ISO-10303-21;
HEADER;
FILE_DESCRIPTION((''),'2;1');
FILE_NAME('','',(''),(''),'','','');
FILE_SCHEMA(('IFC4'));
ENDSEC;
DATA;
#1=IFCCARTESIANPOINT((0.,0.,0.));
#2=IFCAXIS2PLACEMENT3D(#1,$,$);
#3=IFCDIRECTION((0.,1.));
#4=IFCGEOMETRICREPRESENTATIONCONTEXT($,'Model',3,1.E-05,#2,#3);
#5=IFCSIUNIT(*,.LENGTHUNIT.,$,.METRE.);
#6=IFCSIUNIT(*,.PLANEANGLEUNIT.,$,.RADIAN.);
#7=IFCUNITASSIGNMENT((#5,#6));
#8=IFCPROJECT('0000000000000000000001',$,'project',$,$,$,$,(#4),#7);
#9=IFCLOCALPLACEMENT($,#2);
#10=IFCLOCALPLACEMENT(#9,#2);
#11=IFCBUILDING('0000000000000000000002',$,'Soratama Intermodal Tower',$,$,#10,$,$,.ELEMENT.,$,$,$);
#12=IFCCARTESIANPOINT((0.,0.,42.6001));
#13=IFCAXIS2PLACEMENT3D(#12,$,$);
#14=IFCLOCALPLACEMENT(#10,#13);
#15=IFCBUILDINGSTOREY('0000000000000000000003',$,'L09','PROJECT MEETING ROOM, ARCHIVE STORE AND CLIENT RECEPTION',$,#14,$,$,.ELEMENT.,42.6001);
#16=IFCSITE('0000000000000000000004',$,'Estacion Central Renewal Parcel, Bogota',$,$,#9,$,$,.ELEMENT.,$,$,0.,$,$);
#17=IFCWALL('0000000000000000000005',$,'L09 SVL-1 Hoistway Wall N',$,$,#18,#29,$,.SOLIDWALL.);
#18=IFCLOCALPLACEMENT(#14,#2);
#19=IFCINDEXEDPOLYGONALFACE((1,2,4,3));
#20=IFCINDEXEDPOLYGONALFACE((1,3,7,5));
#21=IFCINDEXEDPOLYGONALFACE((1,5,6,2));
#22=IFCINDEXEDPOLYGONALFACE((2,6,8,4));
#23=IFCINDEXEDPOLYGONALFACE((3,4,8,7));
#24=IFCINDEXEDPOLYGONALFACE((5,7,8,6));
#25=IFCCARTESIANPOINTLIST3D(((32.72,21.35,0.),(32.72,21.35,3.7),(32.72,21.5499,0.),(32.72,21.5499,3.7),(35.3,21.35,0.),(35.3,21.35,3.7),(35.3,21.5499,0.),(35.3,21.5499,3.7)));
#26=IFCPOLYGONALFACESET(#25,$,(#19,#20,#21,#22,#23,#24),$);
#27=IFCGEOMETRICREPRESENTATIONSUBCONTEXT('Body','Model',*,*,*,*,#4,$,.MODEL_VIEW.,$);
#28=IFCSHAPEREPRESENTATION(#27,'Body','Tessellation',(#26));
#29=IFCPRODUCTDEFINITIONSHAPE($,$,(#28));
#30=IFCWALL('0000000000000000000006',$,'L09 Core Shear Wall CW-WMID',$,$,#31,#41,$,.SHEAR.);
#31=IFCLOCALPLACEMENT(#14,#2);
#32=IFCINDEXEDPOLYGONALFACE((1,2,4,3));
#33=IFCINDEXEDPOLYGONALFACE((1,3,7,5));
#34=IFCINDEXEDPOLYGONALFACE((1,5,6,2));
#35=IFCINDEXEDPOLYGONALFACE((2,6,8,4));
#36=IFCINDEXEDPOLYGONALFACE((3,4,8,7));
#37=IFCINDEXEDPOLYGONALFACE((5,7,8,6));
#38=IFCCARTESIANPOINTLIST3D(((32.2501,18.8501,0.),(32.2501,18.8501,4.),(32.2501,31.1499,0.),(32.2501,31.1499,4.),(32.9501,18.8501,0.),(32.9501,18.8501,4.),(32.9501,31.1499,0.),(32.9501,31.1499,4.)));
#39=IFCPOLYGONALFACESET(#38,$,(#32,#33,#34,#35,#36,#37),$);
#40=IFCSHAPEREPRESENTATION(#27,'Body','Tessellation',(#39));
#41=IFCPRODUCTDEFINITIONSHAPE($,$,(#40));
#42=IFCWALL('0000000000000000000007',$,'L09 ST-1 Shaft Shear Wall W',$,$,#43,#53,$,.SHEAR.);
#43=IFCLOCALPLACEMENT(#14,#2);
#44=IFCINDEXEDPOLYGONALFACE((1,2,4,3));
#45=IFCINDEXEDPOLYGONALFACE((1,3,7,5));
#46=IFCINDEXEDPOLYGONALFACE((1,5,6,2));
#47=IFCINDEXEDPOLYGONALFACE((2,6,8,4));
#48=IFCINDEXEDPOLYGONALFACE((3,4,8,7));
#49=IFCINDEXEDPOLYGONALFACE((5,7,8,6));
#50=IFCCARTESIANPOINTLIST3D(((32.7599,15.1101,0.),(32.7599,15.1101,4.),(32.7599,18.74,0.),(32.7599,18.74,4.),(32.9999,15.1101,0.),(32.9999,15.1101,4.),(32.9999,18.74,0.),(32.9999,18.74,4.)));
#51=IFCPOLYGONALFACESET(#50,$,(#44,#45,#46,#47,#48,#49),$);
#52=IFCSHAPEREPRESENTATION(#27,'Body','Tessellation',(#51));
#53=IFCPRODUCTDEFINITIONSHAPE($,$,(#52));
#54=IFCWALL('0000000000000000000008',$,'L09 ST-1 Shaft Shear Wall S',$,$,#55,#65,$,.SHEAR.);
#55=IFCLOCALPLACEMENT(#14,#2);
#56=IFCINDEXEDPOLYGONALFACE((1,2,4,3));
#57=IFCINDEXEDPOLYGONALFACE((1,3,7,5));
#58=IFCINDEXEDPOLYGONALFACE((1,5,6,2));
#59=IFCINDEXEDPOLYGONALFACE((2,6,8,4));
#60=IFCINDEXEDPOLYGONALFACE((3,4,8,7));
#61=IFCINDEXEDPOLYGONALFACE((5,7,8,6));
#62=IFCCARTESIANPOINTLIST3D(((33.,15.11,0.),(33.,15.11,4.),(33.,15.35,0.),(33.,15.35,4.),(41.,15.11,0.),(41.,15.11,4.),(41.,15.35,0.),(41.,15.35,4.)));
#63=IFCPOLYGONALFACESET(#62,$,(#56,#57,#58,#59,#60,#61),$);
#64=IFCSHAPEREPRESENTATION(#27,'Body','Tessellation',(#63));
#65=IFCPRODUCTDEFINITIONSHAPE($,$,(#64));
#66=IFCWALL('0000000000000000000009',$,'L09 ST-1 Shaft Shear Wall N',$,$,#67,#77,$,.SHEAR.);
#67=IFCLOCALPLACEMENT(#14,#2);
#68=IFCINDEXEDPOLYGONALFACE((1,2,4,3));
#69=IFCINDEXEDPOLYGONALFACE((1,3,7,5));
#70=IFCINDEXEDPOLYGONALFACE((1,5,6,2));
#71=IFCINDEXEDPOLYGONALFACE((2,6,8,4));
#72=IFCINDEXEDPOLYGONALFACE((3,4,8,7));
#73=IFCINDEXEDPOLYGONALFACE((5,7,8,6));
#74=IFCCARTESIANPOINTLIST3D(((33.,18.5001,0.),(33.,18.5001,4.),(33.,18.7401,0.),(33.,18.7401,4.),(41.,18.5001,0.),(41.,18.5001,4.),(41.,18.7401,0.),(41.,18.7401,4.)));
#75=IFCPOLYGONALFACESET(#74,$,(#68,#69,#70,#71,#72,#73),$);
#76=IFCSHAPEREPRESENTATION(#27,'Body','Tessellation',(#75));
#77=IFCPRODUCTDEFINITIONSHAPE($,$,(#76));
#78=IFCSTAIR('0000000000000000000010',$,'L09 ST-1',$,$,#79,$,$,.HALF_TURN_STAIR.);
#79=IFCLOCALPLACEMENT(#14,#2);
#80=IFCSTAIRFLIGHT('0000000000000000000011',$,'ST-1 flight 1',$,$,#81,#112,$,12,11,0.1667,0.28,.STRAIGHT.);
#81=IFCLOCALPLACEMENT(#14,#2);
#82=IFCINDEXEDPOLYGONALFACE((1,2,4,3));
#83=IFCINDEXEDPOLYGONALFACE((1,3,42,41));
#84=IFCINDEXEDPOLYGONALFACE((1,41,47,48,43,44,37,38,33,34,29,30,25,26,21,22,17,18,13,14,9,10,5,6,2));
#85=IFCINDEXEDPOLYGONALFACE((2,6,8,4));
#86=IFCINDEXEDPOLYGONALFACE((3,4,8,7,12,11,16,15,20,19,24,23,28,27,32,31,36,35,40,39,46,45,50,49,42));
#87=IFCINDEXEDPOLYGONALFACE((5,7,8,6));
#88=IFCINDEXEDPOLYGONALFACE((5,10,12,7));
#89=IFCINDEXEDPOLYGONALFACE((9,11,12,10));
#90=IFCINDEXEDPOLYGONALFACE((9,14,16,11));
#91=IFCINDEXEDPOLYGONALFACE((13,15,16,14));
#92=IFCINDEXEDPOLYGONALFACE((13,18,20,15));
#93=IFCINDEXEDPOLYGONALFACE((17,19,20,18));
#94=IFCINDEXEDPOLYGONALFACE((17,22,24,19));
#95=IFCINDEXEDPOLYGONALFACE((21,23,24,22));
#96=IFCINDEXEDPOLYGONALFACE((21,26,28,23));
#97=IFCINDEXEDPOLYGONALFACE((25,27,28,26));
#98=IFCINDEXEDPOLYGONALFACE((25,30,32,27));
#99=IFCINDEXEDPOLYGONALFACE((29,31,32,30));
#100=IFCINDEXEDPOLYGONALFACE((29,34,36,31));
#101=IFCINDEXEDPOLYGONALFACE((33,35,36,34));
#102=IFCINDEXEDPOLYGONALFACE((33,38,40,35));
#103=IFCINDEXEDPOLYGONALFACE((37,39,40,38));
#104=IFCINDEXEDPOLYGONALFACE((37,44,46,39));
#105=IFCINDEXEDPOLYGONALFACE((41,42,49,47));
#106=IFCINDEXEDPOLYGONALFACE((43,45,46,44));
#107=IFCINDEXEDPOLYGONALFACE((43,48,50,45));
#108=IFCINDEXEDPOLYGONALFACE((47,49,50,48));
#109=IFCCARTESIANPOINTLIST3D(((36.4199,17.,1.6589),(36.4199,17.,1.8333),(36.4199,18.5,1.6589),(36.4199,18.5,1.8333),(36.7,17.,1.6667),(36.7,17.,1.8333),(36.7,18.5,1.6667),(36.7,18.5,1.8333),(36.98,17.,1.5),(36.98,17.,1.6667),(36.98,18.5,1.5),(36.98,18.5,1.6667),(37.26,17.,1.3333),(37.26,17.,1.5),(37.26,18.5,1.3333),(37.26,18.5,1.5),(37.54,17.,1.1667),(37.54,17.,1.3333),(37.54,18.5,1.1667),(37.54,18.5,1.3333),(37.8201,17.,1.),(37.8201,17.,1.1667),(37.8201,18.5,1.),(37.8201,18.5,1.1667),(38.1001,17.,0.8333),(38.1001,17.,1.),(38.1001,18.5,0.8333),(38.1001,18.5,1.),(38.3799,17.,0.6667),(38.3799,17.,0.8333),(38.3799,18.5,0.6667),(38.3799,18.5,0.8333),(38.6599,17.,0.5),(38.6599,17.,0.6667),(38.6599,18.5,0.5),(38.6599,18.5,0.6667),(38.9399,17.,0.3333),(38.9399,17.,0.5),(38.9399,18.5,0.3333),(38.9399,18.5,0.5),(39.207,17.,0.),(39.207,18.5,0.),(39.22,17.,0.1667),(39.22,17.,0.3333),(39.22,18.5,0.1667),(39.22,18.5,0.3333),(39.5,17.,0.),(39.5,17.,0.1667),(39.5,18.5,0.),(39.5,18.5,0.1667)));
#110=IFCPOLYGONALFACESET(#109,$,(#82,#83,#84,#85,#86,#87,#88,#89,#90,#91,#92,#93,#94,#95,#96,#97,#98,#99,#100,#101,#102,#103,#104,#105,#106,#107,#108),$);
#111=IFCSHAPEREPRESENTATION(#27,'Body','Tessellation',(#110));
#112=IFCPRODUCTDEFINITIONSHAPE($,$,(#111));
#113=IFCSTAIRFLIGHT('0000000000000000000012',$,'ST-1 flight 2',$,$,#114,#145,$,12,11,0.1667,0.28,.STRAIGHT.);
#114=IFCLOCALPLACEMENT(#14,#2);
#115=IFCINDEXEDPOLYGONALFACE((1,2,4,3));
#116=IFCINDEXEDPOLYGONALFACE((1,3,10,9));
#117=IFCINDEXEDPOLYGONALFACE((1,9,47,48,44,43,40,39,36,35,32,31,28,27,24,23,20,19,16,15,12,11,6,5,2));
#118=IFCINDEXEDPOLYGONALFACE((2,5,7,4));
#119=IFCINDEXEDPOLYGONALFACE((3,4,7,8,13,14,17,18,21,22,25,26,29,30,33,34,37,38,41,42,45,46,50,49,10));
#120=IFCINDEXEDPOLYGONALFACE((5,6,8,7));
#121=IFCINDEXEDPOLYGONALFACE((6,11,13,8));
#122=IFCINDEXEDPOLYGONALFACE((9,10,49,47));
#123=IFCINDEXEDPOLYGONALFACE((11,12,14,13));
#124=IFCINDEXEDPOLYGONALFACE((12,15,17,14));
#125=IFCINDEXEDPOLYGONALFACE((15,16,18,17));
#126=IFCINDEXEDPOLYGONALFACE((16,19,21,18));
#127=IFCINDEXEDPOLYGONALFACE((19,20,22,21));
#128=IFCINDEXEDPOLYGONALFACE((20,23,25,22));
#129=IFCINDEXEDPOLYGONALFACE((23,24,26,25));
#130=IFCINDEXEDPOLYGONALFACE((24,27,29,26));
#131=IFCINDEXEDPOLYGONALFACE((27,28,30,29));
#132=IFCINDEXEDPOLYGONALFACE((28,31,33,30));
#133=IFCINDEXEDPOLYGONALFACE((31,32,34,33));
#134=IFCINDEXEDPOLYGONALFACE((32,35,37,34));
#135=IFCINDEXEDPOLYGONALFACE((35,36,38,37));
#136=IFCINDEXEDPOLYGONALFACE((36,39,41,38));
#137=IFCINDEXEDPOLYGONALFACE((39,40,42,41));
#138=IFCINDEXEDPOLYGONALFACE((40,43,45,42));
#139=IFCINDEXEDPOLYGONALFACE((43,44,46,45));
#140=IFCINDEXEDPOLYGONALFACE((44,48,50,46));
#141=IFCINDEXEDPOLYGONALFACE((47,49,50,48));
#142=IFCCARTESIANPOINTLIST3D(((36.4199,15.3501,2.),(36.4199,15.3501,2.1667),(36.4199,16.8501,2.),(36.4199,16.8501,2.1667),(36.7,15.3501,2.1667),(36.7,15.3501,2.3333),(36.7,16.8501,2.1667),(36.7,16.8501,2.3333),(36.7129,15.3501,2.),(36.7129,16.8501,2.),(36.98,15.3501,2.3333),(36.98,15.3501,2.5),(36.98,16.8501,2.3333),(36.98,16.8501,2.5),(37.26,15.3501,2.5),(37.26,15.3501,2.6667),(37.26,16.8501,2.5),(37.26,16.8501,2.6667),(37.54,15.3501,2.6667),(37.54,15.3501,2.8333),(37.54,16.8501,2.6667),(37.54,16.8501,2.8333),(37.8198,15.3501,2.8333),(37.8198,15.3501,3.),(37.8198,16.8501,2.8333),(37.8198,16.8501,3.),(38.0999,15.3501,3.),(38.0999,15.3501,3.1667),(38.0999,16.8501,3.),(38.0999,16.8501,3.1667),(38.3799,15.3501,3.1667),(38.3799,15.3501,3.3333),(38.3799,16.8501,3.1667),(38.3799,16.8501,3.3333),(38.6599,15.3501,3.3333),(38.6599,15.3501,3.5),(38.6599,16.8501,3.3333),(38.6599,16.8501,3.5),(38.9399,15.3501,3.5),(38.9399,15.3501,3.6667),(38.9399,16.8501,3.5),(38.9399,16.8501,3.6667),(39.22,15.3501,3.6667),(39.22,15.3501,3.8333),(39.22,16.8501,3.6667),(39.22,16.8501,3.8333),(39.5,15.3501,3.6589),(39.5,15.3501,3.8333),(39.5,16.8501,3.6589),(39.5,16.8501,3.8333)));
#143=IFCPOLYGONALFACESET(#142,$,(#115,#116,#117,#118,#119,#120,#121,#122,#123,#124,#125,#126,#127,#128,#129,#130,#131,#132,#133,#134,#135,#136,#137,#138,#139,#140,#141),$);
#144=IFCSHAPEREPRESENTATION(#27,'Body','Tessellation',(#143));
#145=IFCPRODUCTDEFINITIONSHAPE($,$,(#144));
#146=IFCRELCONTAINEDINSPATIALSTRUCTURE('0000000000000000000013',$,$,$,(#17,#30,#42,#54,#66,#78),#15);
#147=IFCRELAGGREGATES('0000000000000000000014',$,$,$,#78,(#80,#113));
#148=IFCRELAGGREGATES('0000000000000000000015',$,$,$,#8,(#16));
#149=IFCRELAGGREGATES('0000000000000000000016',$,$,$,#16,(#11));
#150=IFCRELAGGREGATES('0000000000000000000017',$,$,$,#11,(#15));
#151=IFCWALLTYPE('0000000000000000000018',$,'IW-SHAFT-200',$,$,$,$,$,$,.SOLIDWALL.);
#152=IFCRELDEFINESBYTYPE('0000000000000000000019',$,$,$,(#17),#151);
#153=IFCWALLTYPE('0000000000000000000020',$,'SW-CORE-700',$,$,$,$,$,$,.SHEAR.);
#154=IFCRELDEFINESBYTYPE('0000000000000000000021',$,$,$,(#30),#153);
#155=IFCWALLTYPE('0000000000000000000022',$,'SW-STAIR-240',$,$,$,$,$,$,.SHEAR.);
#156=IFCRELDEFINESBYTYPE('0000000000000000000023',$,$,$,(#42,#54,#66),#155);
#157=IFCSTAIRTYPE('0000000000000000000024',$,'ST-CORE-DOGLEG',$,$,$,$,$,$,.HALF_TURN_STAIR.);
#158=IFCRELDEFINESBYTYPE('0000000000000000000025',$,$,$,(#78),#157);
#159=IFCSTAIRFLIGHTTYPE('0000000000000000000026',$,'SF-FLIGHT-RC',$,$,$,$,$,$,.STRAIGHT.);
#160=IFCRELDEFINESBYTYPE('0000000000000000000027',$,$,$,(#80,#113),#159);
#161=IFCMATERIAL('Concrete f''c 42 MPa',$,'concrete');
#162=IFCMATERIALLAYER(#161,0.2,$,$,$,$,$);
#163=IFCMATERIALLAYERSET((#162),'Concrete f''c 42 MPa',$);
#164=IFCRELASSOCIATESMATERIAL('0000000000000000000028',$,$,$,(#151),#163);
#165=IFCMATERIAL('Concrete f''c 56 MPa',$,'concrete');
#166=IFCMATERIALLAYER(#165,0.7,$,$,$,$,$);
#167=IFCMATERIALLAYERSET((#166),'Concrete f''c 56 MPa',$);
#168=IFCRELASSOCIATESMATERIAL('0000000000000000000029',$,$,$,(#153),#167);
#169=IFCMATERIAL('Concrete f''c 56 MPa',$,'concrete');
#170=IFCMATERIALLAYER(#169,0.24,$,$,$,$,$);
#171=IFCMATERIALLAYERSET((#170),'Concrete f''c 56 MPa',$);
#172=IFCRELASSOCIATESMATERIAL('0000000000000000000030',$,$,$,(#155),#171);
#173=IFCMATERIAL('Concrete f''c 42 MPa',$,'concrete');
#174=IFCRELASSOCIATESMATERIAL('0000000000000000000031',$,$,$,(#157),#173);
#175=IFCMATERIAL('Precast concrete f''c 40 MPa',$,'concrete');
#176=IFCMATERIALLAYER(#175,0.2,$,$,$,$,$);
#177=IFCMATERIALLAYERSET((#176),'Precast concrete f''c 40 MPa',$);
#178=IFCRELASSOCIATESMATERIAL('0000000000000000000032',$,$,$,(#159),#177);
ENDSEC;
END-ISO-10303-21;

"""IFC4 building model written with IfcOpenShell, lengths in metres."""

from ifc_helpers import new_model, si_unit, direction, frame, frame_2d, origin, place, context, subcontext, project, spatial, polyline, rectangle, outline, extrude, material, layer, layer_set, type_object, element, aggregate, save


model = new_model("IFC4")

# Units and contexts
model_context = context("Model", 3, precision=1e-05, world=origin(), true_north=direction((0.0, 1.0)))
body_context = subcontext(model_context, "Body", "Model", "MODEL_VIEW")
ifc_project = project(units=[si_unit("LENGTHUNIT", "METRE"), si_unit("PLANEANGLEUNIT", "RADIAN")], contexts=[model_context])

# Site, building, storey
site_placement = place(None, origin())
site = spatial("IfcSite", under=ifc_project, at=site_placement, Name="Estacion Central Renewal Parcel, Bogota", CompositionType="ELEMENT", RefElevation=0.0)
building_placement = place(site_placement, origin())
building = spatial("IfcBuilding", under=site, at=building_placement, Name="Soratama Intermodal Tower", CompositionType="ELEMENT")
storey_placement = place(building_placement, frame((0.0, 0.0, 42.6001)))
storey = spatial("IfcBuildingStorey", under=building, at=storey_placement, Name="L09", Description="PROJECT MEETING ROOM, ARCHIVE STORE AND CLIENT RECEPTION", CompositionType="ELEMENT", Elevation=42.6001)

# Shared definitions
ifc_material_1 = material(Name="Concrete f'c 42 MPa", Category="concrete")
ifc_layer_1 = layer(ifc_material_1, 0.2)
ifc_layer_set_1 = layer_set([ifc_layer_1], Name="Concrete f'c 42 MPa")
wall_type_1 = type_object("IfcWallType", Name="IW-SHAFT-200", PredefinedType="SOLIDWALL", material=ifc_layer_set_1)

# Wall
wall_1_placement = place(storey_placement, frame((32.72, 21.45, 0.0), z_axis=(0.0, 0.0, 1.0), x_axis=(1.0, 0.0, 0.0)))
element("IfcWall", 1, at=wall_1_placement, inside=storey, type_object=wall_type_1, Name="L09 SVL-1 Hoistway Wall N", PredefinedType="SOLIDWALL", context=body_context, shape_type="SweptSolid", body=[
    extrude(rectangle(XDim=2.5801, YDim=0.2, at=frame_2d((1.29, 0.0))), origin(), (0.0, 0.0, 1.0), 3.7),
])

# Walls
ifc_material_2 = material(Name="Concrete f'c 56 MPa", Category="concrete")
ifc_layer_2 = layer(ifc_material_2, 0.7)
ifc_layer_set_2 = layer_set([ifc_layer_2], Name="Concrete f'c 56 MPa")
wall_type_2 = type_object("IfcWallType", Name="SW-CORE-700", PredefinedType="SHEAR", material=ifc_layer_set_2)
wall_2_placement = place(storey_placement, frame((32.6001, 18.8501, 0.0), z_axis=(0.0, 0.0, 1.0), x_axis=(0.0, 1.0, 0.0)))
element("IfcWall", 2, at=wall_2_placement, inside=storey, type_object=wall_type_2, Name="L09 Core Shear Wall CW-WMID", PredefinedType="SHEAR", context=body_context, shape_type="SweptSolid", body=[
    extrude(rectangle(XDim=12.2998, YDim=0.7, at=frame_2d((6.1499, 0.0))), origin(), (0.0, 0.0, 1.0), 4.0),
])
ifc_material_3 = material(Name="Concrete f'c 56 MPa", Category="concrete")
ifc_layer_3 = layer(ifc_material_3, 0.24)
ifc_layer_set_3 = layer_set([ifc_layer_3], Name="Concrete f'c 56 MPa")
wall_type_3 = type_object("IfcWallType", Name="SW-STAIR-240", PredefinedType="SHEAR", material=ifc_layer_set_3)
wall_3_placement = place(storey_placement, frame((32.8799, 15.1101, 0.0), z_axis=(0.0, 0.0, 1.0), x_axis=(0.0, 1.0, 0.0)))
element("IfcWall", 3, at=wall_3_placement, inside=storey, type_object=wall_type_3, Name="L09 ST-1 Shaft Shear Wall W", PredefinedType="SHEAR", context=body_context, shape_type="SweptSolid", body=[
    extrude(rectangle(XDim=3.6299, YDim=0.24, at=frame_2d((1.8149, 0.0))), origin(), (0.0, 0.0, 1.0), 4.0),
])
for number, where, z_axis, x_axis, name in (
    (4, (33.0, 15.23, 0.0), (0.0, 0.0, 1.0), (1.0, 0.0, 0.0), "L09 ST-1 Shaft Shear Wall S"),
    (5, (33.0, 18.6201, 0.0), (0.0, 0.0, 1.0), (1.0, 0.0, 0.0), "L09 ST-1 Shaft Shear Wall N"),
):
    element("IfcWall", number, at=place(storey_placement, frame(where, z_axis=z_axis, x_axis=x_axis)), inside=storey, type_object=wall_type_3, Name=name, PredefinedType="SHEAR", context=body_context, shape_type="SweptSolid", body=[
        extrude(rectangle(XDim=8.0, YDim=0.24, at=frame_2d((4.0, 0.0))), origin(), (0.0, 0.0, 1.0), 4.0),
    ])

# Stair, stair flights
ifc_material_4 = material(Name="Concrete f'c 42 MPa", Category="concrete")
stair_type = type_object("IfcStairType", Name="ST-CORE-DOGLEG", PredefinedType="HALF_TURN_STAIR", material=ifc_material_4)
stair_placement = place(storey_placement, origin())
stair = element("IfcStair", 6, at=stair_placement, inside=storey, type_object=stair_type, Name="L09 ST-1", PredefinedType="HALF_TURN_STAIR")
ifc_material_5 = material(Name="Precast concrete f'c 40 MPa", Category="concrete")
ifc_layer_4 = layer(ifc_material_5, 0.2)
ifc_layer_set_4 = layer_set([ifc_layer_4], Name="Precast concrete f'c 40 MPa")
stair_flight_type = type_object("IfcStairFlightType", Name="SF-FLIGHT-RC", PredefinedType="STRAIGHT", material=ifc_layer_set_4)
stair_flight_1_placement = place(storey_placement, frame((39.5, 17.75, 0.0), z_axis=(0.0, 0.0, 1.0), x_axis=(-1.0, 0.0, 0.0)))
stair_flight_1 = element("IfcStairFlight", 7, at=stair_flight_1_placement, type_object=stair_flight_type, Name="ST-1 flight 1", NumberOfRisers=12, NumberOfTreads=11, PredefinedType="STRAIGHT", RiserHeight=0.1667, TreadLength=0.28, context=body_context, shape_type="SweptSolid", body=[
    extrude(outline(polyline([(0.0, 0.0), (0.0, 0.1667), (0.28, 0.1667), (0.28, 0.3333), (0.5601, 0.3333), (0.5601, 0.5), (0.8401, 0.5), (0.8401, 0.6667), (1.1201, 0.6667), (1.1201, 0.8333), (1.3999, 0.8333), (1.3999, 1.0), (1.6799, 1.0), (1.6799, 1.1667), (1.96, 1.1667), (1.96, 1.3333), (2.24, 1.3333), (2.24, 1.5), (2.52, 1.5), (2.52, 1.6667), (2.8, 1.6667), (2.8, 1.8333), (3.0801, 1.8333), (3.0801, 2.0), (3.0801, 1.6589), (0.293, 0.0), (0.0, 0.0)])), frame((0.0, 0.75, 0.0), z_axis=(0.0, -1.0, 0.0), x_axis=(1.0, 0.0, 0.0)), (0.0, 0.0, 1.0), 1.5),
])
stair_flight_2_placement = place(storey_placement, frame((36.4199, 16.1001, 2.0), z_axis=(0.0, 0.0, 1.0), x_axis=(1.0, 0.0, 0.0)))
stair_flight_2 = element("IfcStairFlight", 8, at=stair_flight_2_placement, type_object=stair_flight_type, Name="ST-1 flight 2", NumberOfRisers=12, NumberOfTreads=11, PredefinedType="STRAIGHT", RiserHeight=0.1667, TreadLength=0.28, context=body_context, shape_type="SweptSolid", body=[
    extrude(outline(polyline([(0.0, 0.0), (0.0, 0.1667), (0.28, 0.1667), (0.28, 0.3333), (0.5601, 0.3333), (0.5601, 0.5), (0.8401, 0.5), (0.8401, 0.6667), (1.1201, 0.6667), (1.1201, 0.8333), (1.3999, 0.8333), (1.3999, 1.0), (1.6799, 1.0), (1.6799, 1.1667), (1.96, 1.1667), (1.96, 1.3333), (2.24, 1.3333), (2.24, 1.5), (2.52, 1.5), (2.52, 1.6667), (2.8, 1.6667), (2.8, 1.8333), (3.0801, 1.8333), (3.0801, 2.0), (3.0801, 1.6589), (0.293, 0.0), (0.0, 0.0)])), frame((0.0, 0.75, 0.0), z_axis=(0.0, -1.0, 0.0), x_axis=(1.0, 0.0, 0.0)), (0.0, 0.0, 1.0), 1.5),
])
aggregate(stair, [stair_flight_1, stair_flight_2])

save(model, "model.ifc")
